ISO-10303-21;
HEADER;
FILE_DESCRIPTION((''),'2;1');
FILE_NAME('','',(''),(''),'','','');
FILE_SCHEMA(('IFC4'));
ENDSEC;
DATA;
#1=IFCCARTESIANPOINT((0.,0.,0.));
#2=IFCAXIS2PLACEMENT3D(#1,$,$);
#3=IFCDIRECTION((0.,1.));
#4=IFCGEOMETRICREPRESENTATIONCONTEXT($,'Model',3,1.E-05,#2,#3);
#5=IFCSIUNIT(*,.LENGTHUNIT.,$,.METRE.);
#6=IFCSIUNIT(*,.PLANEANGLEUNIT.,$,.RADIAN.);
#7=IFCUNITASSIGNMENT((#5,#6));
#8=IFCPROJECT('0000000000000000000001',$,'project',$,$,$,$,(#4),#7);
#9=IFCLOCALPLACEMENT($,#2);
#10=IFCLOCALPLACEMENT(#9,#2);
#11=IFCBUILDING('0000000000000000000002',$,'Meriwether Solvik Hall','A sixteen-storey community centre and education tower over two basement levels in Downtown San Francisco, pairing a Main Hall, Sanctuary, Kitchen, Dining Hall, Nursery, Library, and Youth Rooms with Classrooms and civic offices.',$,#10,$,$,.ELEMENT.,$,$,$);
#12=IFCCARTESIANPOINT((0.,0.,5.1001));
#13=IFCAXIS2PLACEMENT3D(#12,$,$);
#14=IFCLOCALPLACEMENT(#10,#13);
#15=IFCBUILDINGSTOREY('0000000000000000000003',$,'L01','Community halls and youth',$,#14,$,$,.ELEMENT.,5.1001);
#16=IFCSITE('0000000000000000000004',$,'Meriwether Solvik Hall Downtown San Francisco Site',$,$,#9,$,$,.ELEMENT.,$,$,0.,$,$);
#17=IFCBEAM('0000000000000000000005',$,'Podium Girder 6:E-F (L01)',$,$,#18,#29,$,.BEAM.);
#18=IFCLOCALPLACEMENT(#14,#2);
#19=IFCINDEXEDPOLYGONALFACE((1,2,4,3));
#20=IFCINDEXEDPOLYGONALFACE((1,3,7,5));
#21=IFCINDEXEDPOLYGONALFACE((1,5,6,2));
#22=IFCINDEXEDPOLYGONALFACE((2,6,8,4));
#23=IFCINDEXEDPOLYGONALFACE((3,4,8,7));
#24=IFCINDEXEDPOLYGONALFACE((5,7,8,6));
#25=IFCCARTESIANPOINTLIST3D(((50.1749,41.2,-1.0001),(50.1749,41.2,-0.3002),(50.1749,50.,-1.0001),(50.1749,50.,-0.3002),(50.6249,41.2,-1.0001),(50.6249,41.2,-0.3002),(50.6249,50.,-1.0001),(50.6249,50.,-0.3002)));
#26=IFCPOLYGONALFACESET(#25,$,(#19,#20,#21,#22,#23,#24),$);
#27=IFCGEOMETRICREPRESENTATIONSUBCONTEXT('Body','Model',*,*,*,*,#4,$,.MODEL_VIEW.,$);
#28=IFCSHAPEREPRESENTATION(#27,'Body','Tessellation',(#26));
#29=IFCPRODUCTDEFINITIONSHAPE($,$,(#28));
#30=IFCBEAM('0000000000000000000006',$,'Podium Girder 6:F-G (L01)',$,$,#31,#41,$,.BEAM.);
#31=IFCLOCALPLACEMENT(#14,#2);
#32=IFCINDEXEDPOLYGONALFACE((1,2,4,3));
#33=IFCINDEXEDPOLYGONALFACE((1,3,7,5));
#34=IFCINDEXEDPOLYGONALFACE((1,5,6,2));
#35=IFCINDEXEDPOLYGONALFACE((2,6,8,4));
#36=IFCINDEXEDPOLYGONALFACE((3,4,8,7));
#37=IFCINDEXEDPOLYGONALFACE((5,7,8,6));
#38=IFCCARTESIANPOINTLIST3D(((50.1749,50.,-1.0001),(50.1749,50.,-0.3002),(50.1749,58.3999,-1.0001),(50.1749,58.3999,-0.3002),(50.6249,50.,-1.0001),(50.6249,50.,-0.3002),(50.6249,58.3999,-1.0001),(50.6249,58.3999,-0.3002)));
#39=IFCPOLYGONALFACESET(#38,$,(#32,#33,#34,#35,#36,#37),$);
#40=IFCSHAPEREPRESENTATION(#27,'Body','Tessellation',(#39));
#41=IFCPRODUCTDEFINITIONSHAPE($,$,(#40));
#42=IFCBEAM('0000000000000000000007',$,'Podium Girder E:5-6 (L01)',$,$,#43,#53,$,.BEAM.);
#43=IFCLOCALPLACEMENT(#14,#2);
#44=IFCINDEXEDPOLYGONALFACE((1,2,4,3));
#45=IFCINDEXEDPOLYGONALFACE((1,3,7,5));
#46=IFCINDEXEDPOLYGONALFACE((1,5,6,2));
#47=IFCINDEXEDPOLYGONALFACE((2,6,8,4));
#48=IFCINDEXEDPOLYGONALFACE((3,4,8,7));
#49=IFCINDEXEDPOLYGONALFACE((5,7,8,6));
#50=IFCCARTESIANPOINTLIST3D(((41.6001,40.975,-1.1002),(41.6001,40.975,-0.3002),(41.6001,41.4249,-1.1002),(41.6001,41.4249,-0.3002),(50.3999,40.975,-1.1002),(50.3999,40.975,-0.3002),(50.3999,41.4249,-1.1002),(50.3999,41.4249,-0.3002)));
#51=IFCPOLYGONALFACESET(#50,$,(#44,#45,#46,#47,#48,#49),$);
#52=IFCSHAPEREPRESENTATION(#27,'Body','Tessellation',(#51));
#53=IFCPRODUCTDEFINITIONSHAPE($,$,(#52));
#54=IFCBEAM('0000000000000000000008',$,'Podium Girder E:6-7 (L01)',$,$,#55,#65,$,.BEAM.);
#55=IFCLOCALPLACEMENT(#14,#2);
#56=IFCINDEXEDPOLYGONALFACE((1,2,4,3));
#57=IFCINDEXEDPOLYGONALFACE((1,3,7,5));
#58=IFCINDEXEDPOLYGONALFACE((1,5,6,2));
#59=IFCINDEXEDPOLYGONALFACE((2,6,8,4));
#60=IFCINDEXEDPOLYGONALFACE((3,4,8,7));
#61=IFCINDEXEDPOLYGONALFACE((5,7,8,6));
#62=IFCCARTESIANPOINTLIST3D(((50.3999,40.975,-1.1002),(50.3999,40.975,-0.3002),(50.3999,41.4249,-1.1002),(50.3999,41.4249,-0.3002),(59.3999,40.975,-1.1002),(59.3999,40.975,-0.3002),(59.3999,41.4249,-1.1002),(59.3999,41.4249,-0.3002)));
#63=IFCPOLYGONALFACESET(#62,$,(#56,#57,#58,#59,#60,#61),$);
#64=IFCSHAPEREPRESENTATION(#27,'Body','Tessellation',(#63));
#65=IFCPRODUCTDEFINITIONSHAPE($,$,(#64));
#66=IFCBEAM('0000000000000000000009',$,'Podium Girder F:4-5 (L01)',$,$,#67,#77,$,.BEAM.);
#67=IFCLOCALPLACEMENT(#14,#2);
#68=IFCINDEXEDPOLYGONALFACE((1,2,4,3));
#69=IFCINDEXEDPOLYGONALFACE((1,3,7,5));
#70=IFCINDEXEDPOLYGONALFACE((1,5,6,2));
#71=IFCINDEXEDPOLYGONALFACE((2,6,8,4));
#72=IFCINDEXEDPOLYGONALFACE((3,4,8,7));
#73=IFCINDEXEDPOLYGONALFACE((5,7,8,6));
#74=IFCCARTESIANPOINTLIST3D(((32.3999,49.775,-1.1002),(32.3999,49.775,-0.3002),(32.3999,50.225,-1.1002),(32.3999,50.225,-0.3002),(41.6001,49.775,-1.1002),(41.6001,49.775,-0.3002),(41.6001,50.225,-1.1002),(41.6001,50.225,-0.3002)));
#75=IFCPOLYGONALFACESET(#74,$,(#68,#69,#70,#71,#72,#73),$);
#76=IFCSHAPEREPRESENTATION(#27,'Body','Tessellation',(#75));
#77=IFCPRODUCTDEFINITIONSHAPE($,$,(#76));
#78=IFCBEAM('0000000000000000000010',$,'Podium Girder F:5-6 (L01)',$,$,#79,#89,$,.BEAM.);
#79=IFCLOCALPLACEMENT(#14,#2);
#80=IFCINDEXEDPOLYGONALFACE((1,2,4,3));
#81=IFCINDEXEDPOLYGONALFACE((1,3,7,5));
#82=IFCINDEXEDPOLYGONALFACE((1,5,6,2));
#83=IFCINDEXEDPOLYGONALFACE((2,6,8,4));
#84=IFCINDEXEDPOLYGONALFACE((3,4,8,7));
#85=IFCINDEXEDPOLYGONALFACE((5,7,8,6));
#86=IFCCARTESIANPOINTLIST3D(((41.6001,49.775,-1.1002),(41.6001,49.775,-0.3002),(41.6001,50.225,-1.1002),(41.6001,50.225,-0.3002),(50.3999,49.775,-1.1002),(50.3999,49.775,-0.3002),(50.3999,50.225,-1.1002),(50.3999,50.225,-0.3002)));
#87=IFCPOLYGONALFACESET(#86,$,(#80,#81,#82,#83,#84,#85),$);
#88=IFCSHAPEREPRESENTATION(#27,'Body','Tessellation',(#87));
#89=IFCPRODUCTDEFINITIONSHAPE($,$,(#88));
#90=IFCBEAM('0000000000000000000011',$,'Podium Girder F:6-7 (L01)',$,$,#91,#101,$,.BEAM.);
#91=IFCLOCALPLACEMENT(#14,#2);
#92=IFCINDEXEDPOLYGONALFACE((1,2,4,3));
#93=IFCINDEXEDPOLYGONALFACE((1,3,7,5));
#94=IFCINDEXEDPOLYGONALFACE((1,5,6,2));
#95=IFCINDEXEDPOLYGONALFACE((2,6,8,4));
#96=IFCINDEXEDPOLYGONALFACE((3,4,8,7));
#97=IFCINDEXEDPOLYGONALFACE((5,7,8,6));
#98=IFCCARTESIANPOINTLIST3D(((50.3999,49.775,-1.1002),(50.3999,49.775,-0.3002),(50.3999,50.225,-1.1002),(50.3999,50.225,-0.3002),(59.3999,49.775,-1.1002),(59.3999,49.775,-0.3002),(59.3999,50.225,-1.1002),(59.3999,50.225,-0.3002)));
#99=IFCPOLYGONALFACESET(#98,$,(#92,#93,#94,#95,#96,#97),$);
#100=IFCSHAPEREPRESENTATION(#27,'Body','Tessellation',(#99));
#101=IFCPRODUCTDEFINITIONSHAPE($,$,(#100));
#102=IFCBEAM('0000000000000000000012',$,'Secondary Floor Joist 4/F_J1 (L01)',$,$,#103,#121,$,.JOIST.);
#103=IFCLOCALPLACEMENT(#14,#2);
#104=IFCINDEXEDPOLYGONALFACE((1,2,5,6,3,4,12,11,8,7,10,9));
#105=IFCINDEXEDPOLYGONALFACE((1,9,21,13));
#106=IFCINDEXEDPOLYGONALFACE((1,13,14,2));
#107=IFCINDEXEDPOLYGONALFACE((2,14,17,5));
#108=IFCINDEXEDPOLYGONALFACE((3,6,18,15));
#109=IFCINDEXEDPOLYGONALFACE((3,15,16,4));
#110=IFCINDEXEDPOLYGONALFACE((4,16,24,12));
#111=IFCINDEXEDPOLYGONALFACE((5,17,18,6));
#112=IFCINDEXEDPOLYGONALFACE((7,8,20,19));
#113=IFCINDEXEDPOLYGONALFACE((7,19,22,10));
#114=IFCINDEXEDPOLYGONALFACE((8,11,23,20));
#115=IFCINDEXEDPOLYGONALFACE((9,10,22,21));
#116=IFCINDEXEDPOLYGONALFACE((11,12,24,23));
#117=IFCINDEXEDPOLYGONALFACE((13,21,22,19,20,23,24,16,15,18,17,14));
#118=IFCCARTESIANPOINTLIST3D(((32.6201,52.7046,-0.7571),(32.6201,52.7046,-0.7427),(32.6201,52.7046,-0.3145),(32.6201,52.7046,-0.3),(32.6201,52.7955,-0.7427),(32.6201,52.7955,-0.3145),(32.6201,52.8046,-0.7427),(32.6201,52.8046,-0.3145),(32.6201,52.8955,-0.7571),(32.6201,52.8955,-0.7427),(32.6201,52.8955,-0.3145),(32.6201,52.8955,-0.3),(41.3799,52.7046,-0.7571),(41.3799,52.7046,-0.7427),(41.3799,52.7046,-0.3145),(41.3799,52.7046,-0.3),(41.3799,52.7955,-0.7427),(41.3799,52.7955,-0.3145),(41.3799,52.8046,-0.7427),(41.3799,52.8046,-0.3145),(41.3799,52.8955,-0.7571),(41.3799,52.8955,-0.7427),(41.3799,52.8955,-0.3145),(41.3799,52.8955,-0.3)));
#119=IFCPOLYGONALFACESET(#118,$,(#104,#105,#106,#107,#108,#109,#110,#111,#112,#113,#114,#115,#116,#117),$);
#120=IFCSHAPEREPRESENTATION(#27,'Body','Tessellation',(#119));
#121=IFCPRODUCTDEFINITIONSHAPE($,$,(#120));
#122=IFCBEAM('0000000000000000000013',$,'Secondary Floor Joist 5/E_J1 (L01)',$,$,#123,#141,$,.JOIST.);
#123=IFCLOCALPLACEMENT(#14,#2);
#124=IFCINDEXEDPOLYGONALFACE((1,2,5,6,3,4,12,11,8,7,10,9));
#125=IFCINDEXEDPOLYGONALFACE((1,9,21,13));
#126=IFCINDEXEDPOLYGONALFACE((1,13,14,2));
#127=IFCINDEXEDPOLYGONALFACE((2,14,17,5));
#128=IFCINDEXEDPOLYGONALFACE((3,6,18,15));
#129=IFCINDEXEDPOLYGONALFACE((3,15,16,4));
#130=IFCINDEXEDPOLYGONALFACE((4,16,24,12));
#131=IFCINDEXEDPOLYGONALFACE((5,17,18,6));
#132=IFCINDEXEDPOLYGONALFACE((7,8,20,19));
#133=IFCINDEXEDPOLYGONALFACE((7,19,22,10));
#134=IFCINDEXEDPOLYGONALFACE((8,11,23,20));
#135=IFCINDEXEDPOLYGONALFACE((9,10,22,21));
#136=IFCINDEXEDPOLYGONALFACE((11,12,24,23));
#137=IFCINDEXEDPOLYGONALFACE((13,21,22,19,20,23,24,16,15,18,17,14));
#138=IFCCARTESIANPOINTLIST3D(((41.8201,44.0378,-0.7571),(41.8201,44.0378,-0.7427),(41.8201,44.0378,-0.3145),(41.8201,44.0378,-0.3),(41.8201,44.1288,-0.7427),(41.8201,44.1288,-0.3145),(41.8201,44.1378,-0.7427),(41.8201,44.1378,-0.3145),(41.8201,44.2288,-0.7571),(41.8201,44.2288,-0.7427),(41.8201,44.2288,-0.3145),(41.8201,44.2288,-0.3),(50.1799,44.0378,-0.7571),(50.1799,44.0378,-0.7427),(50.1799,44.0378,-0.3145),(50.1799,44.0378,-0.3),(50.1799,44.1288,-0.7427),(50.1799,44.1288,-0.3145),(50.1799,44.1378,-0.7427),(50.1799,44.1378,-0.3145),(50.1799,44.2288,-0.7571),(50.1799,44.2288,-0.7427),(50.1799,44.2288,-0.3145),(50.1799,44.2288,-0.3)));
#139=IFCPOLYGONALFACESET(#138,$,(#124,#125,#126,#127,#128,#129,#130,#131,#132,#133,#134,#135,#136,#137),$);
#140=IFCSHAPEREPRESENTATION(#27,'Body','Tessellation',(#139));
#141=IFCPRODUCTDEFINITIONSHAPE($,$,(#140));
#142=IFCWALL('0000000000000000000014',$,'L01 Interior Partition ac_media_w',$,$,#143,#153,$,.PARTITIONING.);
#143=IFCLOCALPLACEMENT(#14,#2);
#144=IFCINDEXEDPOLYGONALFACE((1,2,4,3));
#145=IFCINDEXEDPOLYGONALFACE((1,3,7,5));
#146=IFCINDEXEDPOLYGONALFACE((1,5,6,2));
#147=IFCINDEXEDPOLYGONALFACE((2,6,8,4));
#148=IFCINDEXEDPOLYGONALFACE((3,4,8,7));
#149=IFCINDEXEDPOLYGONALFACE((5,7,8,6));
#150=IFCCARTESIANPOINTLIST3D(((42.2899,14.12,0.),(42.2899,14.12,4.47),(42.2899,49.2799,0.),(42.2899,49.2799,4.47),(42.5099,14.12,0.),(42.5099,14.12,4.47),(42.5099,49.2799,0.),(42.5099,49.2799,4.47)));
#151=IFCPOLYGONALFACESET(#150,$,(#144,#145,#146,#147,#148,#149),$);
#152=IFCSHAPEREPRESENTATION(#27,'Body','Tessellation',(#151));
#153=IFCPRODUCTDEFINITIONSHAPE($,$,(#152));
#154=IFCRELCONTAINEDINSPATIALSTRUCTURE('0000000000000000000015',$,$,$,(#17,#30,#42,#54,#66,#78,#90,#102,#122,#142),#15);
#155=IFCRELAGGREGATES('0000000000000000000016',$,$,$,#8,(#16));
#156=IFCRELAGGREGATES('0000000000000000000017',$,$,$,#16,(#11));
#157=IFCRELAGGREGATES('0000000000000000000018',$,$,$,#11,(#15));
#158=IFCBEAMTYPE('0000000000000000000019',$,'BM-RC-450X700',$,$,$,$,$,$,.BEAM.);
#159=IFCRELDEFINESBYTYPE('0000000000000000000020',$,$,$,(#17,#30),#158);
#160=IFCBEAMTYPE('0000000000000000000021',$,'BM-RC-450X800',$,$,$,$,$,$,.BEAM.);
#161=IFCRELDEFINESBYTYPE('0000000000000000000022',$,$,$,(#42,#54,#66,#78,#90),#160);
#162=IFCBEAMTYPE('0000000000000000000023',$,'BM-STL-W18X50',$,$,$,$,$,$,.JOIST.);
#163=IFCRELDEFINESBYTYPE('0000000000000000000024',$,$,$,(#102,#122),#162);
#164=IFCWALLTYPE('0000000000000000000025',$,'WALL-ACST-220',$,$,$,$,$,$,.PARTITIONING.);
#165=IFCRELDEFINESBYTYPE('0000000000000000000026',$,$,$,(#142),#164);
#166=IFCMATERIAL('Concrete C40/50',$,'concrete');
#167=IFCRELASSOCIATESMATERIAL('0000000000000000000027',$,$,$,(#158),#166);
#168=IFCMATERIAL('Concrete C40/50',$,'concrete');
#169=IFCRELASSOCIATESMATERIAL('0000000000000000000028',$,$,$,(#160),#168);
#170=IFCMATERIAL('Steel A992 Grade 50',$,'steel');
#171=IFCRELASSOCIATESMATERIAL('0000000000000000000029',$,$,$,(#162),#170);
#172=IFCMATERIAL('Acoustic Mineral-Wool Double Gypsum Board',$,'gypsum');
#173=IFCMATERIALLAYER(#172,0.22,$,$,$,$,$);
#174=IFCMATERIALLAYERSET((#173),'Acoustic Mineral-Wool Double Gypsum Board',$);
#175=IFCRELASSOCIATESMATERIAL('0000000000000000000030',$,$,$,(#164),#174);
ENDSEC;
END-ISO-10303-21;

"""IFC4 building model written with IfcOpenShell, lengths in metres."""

from ifc_helpers import new_model, si_unit, direction, frame, frame_2d, origin, origin_2d, place, context, subcontext, project, spatial, rectangle, i_section, extrude, material, layer, layer_set, material_profile, profile_set, type_object, element, save


model = new_model("IFC4")

# Units and contexts
model_context = context("Model", 3, precision=1e-05, world=origin(), true_north=direction((0.0, 1.0)))
body_context = subcontext(model_context, "Body", "Model", "MODEL_VIEW")
ifc_project = project(units=[si_unit("LENGTHUNIT", "METRE"), si_unit("PLANEANGLEUNIT", "RADIAN")], contexts=[model_context])

# Site, building, storey
site_placement = place(None, origin())
site = spatial("IfcSite", under=ifc_project, at=site_placement, Name="Meriwether Solvik Hall Downtown San Francisco Site", CompositionType="ELEMENT", RefElevation=0.0)
building_placement = place(site_placement, origin())
building = spatial("IfcBuilding", under=site, at=building_placement, Name="Meriwether Solvik Hall", Description="A sixteen-storey community centre and education tower over two basement levels in Downtown San Francisco, pairing a Main Hall, Sanctuary, Kitchen, Dining Hall, Nursery, Library, and Youth Rooms with Classrooms and civic offices.", CompositionType="ELEMENT")
storey_placement = place(building_placement, frame((0.0, 0.0, 5.1001)))
storey = spatial("IfcBuildingStorey", under=building, at=storey_placement, Name="L01", Description="Community halls and youth", CompositionType="ELEMENT", Elevation=5.1001)

# Beams
ifc_material_1 = material(Name="Concrete C40/50", Category="concrete")
ifc_material_profile_1 = material_profile(ifc_material_1, rectangle(XDim=0.45, YDim=0.7, at=origin_2d()), Name="RCB-450X700")
ifc_profile_set_1 = profile_set([ifc_material_profile_1], Name="Concrete C40/50")
beam_type_1 = type_object("IfcBeamType", Name="BM-RC-450X700", PredefinedType="BEAM", material=ifc_profile_set_1)
beam_1_placement = place(storey_placement, frame((50.3999, 41.2, -0.6501), z_axis=(0.0, 1.0, 0.0), x_axis=(-1.0, 0.0, 0.0)))
element("IfcBeam", 1, at=beam_1_placement, inside=storey, type_object=beam_type_1, Name="Podium Girder 6:E-F (L01)", PredefinedType="BEAM", context=body_context, shape_type="SweptSolid", body=[
    extrude(rectangle(XDim=0.45, YDim=0.7, at=origin_2d()), origin(), (0.0, 0.0, 1.0), 8.8),
])
beam_2_placement = place(storey_placement, frame((50.3999, 50.0, -0.6501), z_axis=(0.0, 1.0, 0.0), x_axis=(-1.0, 0.0, 0.0)))
element("IfcBeam", 2, at=beam_2_placement, inside=storey, type_object=beam_type_1, Name="Podium Girder 6:F-G (L01)", PredefinedType="BEAM", context=body_context, shape_type="SweptSolid", body=[
    extrude(rectangle(XDim=0.45, YDim=0.7, at=origin_2d()), origin(), (0.0, 0.0, 1.0), 8.3999),
])
ifc_material_2 = material(Name="Concrete C40/50", Category="concrete")
ifc_material_profile_2 = material_profile(ifc_material_2, rectangle(XDim=0.45, YDim=0.8, at=origin_2d()), Name="RCB-450X800")
ifc_profile_set_2 = profile_set([ifc_material_profile_2], Name="Concrete C40/50")
beam_type_2 = type_object("IfcBeamType", Name="BM-RC-450X800", PredefinedType="BEAM", material=ifc_profile_set_2)
beam_3_placement = place(storey_placement, frame((41.6001, 41.2, -0.7002), z_axis=(1.0, 0.0, 0.0), x_axis=(0.0, 1.0, 0.0)))
element("IfcBeam", 3, at=beam_3_placement, inside=storey, type_object=beam_type_2, Name="Podium Girder E:5-6 (L01)", PredefinedType="BEAM", context=body_context, shape_type="SweptSolid", body=[
    extrude(rectangle(XDim=0.45, YDim=0.8, at=origin_2d()), origin(), (0.0, 0.0, 1.0), 8.7998),
])
beam_4_placement = place(storey_placement, frame((50.3999, 41.2, -0.7002), z_axis=(1.0, 0.0, 0.0), x_axis=(0.0, 1.0, 0.0)))
element("IfcBeam", 4, at=beam_4_placement, inside=storey, type_object=beam_type_2, Name="Podium Girder E:6-7 (L01)", PredefinedType="BEAM", context=body_context, shape_type="SweptSolid", body=[
    extrude(rectangle(XDim=0.45, YDim=0.8, at=origin_2d()), origin(), (0.0, 0.0, 1.0), 9.0),
])
beam_5_placement = place(storey_placement, frame((32.3999, 50.0, -0.7002), z_axis=(1.0, 0.0, 0.0), x_axis=(0.0, 1.0, 0.0)))
element("IfcBeam", 5, at=beam_5_placement, inside=storey, type_object=beam_type_2, Name="Podium Girder F:4-5 (L01)", PredefinedType="BEAM", context=body_context, shape_type="SweptSolid", body=[
    extrude(rectangle(XDim=0.45, YDim=0.8, at=origin_2d()), origin(), (0.0, 0.0, 1.0), 9.2002),
])
beam_6_placement = place(storey_placement, frame((41.6001, 50.0, -0.7002), z_axis=(1.0, 0.0, 0.0), x_axis=(0.0, 1.0, 0.0)))
element("IfcBeam", 6, at=beam_6_placement, inside=storey, type_object=beam_type_2, Name="Podium Girder F:5-6 (L01)", PredefinedType="BEAM", context=body_context, shape_type="SweptSolid", body=[
    extrude(rectangle(XDim=0.45, YDim=0.8, at=origin_2d()), origin(), (0.0, 0.0, 1.0), 8.7998),
])
beam_7_placement = place(storey_placement, frame((50.3999, 50.0, -0.7002), z_axis=(1.0, 0.0, 0.0), x_axis=(0.0, 1.0, 0.0)))
element("IfcBeam", 7, at=beam_7_placement, inside=storey, type_object=beam_type_2, Name="Podium Girder F:6-7 (L01)", PredefinedType="BEAM", context=body_context, shape_type="SweptSolid", body=[
    extrude(rectangle(XDim=0.45, YDim=0.8, at=origin_2d()), origin(), (0.0, 0.0, 1.0), 9.0),
])
ifc_material_3 = material(Name="Steel A992 Grade 50", Category="steel")
ifc_material_profile_3 = material_profile(ifc_material_3, i_section(OverallWidth=0.1909, OverallDepth=0.457, WebThickness=0.009, FlangeThickness=0.0144, at=origin_2d()), Name="W18X50")
ifc_profile_set_3 = profile_set([ifc_material_profile_3], Name="Steel A992 Grade 50")
beam_type_3 = type_object("IfcBeamType", Name="BM-STL-W18X50", PredefinedType="JOIST", material=ifc_profile_set_3)
beam_8_placement = place(storey_placement, frame((32.6201, 52.8, -0.5286), z_axis=(1.0, 0.0, 0.0), x_axis=(0.0, 1.0, 0.0)))
element("IfcBeam", 8, at=beam_8_placement, inside=storey, type_object=beam_type_3, Name="Secondary Floor Joist 4/F_J1 (L01)", PredefinedType="JOIST", context=body_context, shape_type="SweptSolid", body=[
    extrude(i_section(OverallWidth=0.1909, OverallDepth=0.457, WebThickness=0.009, FlangeThickness=0.0144, at=origin_2d()), origin(), (0.0, 0.0, 1.0), 8.7598),
])
beam_9_placement = place(storey_placement, frame((41.8201, 44.1333, -0.5286), z_axis=(1.0, 0.0, 0.0), x_axis=(0.0, 1.0, 0.0)))
element("IfcBeam", 9, at=beam_9_placement, inside=storey, type_object=beam_type_3, Name="Secondary Floor Joist 5/E_J1 (L01)", PredefinedType="JOIST", context=body_context, shape_type="SweptSolid", body=[
    extrude(i_section(OverallWidth=0.1909, OverallDepth=0.457, WebThickness=0.009, FlangeThickness=0.0144, at=origin_2d()), origin(), (0.0, 0.0, 1.0), 8.3599),
])

# Wall
ifc_material_4 = material(Name="Acoustic Mineral-Wool Double Gypsum Board", Category="gypsum")
ifc_layer_1 = layer(ifc_material_4, 0.22)
ifc_layer_set_1 = layer_set([ifc_layer_1], Name="Acoustic Mineral-Wool Double Gypsum Board")
wall_type = type_object("IfcWallType", Name="WALL-ACST-220", PredefinedType="PARTITIONING", material=ifc_layer_set_1)
wall_placement = place(storey_placement, frame((42.3999, 49.28, 0.0), z_axis=(0.0, 0.0, 1.0), x_axis=(0.0, -1.0, 0.0)))
element("IfcWall", 10, at=wall_placement, inside=storey, type_object=wall_type, Name="L01 Interior Partition ac_media_w", PredefinedType="PARTITIONING", context=body_context, shape_type="SweptSolid", body=[
    extrude(rectangle(XDim=35.1599, YDim=0.22, at=frame_2d((17.5801, 0.0))), origin(), (0.0, 0.0, 1.0), 4.47),
])

save(model, "model.ifc")
